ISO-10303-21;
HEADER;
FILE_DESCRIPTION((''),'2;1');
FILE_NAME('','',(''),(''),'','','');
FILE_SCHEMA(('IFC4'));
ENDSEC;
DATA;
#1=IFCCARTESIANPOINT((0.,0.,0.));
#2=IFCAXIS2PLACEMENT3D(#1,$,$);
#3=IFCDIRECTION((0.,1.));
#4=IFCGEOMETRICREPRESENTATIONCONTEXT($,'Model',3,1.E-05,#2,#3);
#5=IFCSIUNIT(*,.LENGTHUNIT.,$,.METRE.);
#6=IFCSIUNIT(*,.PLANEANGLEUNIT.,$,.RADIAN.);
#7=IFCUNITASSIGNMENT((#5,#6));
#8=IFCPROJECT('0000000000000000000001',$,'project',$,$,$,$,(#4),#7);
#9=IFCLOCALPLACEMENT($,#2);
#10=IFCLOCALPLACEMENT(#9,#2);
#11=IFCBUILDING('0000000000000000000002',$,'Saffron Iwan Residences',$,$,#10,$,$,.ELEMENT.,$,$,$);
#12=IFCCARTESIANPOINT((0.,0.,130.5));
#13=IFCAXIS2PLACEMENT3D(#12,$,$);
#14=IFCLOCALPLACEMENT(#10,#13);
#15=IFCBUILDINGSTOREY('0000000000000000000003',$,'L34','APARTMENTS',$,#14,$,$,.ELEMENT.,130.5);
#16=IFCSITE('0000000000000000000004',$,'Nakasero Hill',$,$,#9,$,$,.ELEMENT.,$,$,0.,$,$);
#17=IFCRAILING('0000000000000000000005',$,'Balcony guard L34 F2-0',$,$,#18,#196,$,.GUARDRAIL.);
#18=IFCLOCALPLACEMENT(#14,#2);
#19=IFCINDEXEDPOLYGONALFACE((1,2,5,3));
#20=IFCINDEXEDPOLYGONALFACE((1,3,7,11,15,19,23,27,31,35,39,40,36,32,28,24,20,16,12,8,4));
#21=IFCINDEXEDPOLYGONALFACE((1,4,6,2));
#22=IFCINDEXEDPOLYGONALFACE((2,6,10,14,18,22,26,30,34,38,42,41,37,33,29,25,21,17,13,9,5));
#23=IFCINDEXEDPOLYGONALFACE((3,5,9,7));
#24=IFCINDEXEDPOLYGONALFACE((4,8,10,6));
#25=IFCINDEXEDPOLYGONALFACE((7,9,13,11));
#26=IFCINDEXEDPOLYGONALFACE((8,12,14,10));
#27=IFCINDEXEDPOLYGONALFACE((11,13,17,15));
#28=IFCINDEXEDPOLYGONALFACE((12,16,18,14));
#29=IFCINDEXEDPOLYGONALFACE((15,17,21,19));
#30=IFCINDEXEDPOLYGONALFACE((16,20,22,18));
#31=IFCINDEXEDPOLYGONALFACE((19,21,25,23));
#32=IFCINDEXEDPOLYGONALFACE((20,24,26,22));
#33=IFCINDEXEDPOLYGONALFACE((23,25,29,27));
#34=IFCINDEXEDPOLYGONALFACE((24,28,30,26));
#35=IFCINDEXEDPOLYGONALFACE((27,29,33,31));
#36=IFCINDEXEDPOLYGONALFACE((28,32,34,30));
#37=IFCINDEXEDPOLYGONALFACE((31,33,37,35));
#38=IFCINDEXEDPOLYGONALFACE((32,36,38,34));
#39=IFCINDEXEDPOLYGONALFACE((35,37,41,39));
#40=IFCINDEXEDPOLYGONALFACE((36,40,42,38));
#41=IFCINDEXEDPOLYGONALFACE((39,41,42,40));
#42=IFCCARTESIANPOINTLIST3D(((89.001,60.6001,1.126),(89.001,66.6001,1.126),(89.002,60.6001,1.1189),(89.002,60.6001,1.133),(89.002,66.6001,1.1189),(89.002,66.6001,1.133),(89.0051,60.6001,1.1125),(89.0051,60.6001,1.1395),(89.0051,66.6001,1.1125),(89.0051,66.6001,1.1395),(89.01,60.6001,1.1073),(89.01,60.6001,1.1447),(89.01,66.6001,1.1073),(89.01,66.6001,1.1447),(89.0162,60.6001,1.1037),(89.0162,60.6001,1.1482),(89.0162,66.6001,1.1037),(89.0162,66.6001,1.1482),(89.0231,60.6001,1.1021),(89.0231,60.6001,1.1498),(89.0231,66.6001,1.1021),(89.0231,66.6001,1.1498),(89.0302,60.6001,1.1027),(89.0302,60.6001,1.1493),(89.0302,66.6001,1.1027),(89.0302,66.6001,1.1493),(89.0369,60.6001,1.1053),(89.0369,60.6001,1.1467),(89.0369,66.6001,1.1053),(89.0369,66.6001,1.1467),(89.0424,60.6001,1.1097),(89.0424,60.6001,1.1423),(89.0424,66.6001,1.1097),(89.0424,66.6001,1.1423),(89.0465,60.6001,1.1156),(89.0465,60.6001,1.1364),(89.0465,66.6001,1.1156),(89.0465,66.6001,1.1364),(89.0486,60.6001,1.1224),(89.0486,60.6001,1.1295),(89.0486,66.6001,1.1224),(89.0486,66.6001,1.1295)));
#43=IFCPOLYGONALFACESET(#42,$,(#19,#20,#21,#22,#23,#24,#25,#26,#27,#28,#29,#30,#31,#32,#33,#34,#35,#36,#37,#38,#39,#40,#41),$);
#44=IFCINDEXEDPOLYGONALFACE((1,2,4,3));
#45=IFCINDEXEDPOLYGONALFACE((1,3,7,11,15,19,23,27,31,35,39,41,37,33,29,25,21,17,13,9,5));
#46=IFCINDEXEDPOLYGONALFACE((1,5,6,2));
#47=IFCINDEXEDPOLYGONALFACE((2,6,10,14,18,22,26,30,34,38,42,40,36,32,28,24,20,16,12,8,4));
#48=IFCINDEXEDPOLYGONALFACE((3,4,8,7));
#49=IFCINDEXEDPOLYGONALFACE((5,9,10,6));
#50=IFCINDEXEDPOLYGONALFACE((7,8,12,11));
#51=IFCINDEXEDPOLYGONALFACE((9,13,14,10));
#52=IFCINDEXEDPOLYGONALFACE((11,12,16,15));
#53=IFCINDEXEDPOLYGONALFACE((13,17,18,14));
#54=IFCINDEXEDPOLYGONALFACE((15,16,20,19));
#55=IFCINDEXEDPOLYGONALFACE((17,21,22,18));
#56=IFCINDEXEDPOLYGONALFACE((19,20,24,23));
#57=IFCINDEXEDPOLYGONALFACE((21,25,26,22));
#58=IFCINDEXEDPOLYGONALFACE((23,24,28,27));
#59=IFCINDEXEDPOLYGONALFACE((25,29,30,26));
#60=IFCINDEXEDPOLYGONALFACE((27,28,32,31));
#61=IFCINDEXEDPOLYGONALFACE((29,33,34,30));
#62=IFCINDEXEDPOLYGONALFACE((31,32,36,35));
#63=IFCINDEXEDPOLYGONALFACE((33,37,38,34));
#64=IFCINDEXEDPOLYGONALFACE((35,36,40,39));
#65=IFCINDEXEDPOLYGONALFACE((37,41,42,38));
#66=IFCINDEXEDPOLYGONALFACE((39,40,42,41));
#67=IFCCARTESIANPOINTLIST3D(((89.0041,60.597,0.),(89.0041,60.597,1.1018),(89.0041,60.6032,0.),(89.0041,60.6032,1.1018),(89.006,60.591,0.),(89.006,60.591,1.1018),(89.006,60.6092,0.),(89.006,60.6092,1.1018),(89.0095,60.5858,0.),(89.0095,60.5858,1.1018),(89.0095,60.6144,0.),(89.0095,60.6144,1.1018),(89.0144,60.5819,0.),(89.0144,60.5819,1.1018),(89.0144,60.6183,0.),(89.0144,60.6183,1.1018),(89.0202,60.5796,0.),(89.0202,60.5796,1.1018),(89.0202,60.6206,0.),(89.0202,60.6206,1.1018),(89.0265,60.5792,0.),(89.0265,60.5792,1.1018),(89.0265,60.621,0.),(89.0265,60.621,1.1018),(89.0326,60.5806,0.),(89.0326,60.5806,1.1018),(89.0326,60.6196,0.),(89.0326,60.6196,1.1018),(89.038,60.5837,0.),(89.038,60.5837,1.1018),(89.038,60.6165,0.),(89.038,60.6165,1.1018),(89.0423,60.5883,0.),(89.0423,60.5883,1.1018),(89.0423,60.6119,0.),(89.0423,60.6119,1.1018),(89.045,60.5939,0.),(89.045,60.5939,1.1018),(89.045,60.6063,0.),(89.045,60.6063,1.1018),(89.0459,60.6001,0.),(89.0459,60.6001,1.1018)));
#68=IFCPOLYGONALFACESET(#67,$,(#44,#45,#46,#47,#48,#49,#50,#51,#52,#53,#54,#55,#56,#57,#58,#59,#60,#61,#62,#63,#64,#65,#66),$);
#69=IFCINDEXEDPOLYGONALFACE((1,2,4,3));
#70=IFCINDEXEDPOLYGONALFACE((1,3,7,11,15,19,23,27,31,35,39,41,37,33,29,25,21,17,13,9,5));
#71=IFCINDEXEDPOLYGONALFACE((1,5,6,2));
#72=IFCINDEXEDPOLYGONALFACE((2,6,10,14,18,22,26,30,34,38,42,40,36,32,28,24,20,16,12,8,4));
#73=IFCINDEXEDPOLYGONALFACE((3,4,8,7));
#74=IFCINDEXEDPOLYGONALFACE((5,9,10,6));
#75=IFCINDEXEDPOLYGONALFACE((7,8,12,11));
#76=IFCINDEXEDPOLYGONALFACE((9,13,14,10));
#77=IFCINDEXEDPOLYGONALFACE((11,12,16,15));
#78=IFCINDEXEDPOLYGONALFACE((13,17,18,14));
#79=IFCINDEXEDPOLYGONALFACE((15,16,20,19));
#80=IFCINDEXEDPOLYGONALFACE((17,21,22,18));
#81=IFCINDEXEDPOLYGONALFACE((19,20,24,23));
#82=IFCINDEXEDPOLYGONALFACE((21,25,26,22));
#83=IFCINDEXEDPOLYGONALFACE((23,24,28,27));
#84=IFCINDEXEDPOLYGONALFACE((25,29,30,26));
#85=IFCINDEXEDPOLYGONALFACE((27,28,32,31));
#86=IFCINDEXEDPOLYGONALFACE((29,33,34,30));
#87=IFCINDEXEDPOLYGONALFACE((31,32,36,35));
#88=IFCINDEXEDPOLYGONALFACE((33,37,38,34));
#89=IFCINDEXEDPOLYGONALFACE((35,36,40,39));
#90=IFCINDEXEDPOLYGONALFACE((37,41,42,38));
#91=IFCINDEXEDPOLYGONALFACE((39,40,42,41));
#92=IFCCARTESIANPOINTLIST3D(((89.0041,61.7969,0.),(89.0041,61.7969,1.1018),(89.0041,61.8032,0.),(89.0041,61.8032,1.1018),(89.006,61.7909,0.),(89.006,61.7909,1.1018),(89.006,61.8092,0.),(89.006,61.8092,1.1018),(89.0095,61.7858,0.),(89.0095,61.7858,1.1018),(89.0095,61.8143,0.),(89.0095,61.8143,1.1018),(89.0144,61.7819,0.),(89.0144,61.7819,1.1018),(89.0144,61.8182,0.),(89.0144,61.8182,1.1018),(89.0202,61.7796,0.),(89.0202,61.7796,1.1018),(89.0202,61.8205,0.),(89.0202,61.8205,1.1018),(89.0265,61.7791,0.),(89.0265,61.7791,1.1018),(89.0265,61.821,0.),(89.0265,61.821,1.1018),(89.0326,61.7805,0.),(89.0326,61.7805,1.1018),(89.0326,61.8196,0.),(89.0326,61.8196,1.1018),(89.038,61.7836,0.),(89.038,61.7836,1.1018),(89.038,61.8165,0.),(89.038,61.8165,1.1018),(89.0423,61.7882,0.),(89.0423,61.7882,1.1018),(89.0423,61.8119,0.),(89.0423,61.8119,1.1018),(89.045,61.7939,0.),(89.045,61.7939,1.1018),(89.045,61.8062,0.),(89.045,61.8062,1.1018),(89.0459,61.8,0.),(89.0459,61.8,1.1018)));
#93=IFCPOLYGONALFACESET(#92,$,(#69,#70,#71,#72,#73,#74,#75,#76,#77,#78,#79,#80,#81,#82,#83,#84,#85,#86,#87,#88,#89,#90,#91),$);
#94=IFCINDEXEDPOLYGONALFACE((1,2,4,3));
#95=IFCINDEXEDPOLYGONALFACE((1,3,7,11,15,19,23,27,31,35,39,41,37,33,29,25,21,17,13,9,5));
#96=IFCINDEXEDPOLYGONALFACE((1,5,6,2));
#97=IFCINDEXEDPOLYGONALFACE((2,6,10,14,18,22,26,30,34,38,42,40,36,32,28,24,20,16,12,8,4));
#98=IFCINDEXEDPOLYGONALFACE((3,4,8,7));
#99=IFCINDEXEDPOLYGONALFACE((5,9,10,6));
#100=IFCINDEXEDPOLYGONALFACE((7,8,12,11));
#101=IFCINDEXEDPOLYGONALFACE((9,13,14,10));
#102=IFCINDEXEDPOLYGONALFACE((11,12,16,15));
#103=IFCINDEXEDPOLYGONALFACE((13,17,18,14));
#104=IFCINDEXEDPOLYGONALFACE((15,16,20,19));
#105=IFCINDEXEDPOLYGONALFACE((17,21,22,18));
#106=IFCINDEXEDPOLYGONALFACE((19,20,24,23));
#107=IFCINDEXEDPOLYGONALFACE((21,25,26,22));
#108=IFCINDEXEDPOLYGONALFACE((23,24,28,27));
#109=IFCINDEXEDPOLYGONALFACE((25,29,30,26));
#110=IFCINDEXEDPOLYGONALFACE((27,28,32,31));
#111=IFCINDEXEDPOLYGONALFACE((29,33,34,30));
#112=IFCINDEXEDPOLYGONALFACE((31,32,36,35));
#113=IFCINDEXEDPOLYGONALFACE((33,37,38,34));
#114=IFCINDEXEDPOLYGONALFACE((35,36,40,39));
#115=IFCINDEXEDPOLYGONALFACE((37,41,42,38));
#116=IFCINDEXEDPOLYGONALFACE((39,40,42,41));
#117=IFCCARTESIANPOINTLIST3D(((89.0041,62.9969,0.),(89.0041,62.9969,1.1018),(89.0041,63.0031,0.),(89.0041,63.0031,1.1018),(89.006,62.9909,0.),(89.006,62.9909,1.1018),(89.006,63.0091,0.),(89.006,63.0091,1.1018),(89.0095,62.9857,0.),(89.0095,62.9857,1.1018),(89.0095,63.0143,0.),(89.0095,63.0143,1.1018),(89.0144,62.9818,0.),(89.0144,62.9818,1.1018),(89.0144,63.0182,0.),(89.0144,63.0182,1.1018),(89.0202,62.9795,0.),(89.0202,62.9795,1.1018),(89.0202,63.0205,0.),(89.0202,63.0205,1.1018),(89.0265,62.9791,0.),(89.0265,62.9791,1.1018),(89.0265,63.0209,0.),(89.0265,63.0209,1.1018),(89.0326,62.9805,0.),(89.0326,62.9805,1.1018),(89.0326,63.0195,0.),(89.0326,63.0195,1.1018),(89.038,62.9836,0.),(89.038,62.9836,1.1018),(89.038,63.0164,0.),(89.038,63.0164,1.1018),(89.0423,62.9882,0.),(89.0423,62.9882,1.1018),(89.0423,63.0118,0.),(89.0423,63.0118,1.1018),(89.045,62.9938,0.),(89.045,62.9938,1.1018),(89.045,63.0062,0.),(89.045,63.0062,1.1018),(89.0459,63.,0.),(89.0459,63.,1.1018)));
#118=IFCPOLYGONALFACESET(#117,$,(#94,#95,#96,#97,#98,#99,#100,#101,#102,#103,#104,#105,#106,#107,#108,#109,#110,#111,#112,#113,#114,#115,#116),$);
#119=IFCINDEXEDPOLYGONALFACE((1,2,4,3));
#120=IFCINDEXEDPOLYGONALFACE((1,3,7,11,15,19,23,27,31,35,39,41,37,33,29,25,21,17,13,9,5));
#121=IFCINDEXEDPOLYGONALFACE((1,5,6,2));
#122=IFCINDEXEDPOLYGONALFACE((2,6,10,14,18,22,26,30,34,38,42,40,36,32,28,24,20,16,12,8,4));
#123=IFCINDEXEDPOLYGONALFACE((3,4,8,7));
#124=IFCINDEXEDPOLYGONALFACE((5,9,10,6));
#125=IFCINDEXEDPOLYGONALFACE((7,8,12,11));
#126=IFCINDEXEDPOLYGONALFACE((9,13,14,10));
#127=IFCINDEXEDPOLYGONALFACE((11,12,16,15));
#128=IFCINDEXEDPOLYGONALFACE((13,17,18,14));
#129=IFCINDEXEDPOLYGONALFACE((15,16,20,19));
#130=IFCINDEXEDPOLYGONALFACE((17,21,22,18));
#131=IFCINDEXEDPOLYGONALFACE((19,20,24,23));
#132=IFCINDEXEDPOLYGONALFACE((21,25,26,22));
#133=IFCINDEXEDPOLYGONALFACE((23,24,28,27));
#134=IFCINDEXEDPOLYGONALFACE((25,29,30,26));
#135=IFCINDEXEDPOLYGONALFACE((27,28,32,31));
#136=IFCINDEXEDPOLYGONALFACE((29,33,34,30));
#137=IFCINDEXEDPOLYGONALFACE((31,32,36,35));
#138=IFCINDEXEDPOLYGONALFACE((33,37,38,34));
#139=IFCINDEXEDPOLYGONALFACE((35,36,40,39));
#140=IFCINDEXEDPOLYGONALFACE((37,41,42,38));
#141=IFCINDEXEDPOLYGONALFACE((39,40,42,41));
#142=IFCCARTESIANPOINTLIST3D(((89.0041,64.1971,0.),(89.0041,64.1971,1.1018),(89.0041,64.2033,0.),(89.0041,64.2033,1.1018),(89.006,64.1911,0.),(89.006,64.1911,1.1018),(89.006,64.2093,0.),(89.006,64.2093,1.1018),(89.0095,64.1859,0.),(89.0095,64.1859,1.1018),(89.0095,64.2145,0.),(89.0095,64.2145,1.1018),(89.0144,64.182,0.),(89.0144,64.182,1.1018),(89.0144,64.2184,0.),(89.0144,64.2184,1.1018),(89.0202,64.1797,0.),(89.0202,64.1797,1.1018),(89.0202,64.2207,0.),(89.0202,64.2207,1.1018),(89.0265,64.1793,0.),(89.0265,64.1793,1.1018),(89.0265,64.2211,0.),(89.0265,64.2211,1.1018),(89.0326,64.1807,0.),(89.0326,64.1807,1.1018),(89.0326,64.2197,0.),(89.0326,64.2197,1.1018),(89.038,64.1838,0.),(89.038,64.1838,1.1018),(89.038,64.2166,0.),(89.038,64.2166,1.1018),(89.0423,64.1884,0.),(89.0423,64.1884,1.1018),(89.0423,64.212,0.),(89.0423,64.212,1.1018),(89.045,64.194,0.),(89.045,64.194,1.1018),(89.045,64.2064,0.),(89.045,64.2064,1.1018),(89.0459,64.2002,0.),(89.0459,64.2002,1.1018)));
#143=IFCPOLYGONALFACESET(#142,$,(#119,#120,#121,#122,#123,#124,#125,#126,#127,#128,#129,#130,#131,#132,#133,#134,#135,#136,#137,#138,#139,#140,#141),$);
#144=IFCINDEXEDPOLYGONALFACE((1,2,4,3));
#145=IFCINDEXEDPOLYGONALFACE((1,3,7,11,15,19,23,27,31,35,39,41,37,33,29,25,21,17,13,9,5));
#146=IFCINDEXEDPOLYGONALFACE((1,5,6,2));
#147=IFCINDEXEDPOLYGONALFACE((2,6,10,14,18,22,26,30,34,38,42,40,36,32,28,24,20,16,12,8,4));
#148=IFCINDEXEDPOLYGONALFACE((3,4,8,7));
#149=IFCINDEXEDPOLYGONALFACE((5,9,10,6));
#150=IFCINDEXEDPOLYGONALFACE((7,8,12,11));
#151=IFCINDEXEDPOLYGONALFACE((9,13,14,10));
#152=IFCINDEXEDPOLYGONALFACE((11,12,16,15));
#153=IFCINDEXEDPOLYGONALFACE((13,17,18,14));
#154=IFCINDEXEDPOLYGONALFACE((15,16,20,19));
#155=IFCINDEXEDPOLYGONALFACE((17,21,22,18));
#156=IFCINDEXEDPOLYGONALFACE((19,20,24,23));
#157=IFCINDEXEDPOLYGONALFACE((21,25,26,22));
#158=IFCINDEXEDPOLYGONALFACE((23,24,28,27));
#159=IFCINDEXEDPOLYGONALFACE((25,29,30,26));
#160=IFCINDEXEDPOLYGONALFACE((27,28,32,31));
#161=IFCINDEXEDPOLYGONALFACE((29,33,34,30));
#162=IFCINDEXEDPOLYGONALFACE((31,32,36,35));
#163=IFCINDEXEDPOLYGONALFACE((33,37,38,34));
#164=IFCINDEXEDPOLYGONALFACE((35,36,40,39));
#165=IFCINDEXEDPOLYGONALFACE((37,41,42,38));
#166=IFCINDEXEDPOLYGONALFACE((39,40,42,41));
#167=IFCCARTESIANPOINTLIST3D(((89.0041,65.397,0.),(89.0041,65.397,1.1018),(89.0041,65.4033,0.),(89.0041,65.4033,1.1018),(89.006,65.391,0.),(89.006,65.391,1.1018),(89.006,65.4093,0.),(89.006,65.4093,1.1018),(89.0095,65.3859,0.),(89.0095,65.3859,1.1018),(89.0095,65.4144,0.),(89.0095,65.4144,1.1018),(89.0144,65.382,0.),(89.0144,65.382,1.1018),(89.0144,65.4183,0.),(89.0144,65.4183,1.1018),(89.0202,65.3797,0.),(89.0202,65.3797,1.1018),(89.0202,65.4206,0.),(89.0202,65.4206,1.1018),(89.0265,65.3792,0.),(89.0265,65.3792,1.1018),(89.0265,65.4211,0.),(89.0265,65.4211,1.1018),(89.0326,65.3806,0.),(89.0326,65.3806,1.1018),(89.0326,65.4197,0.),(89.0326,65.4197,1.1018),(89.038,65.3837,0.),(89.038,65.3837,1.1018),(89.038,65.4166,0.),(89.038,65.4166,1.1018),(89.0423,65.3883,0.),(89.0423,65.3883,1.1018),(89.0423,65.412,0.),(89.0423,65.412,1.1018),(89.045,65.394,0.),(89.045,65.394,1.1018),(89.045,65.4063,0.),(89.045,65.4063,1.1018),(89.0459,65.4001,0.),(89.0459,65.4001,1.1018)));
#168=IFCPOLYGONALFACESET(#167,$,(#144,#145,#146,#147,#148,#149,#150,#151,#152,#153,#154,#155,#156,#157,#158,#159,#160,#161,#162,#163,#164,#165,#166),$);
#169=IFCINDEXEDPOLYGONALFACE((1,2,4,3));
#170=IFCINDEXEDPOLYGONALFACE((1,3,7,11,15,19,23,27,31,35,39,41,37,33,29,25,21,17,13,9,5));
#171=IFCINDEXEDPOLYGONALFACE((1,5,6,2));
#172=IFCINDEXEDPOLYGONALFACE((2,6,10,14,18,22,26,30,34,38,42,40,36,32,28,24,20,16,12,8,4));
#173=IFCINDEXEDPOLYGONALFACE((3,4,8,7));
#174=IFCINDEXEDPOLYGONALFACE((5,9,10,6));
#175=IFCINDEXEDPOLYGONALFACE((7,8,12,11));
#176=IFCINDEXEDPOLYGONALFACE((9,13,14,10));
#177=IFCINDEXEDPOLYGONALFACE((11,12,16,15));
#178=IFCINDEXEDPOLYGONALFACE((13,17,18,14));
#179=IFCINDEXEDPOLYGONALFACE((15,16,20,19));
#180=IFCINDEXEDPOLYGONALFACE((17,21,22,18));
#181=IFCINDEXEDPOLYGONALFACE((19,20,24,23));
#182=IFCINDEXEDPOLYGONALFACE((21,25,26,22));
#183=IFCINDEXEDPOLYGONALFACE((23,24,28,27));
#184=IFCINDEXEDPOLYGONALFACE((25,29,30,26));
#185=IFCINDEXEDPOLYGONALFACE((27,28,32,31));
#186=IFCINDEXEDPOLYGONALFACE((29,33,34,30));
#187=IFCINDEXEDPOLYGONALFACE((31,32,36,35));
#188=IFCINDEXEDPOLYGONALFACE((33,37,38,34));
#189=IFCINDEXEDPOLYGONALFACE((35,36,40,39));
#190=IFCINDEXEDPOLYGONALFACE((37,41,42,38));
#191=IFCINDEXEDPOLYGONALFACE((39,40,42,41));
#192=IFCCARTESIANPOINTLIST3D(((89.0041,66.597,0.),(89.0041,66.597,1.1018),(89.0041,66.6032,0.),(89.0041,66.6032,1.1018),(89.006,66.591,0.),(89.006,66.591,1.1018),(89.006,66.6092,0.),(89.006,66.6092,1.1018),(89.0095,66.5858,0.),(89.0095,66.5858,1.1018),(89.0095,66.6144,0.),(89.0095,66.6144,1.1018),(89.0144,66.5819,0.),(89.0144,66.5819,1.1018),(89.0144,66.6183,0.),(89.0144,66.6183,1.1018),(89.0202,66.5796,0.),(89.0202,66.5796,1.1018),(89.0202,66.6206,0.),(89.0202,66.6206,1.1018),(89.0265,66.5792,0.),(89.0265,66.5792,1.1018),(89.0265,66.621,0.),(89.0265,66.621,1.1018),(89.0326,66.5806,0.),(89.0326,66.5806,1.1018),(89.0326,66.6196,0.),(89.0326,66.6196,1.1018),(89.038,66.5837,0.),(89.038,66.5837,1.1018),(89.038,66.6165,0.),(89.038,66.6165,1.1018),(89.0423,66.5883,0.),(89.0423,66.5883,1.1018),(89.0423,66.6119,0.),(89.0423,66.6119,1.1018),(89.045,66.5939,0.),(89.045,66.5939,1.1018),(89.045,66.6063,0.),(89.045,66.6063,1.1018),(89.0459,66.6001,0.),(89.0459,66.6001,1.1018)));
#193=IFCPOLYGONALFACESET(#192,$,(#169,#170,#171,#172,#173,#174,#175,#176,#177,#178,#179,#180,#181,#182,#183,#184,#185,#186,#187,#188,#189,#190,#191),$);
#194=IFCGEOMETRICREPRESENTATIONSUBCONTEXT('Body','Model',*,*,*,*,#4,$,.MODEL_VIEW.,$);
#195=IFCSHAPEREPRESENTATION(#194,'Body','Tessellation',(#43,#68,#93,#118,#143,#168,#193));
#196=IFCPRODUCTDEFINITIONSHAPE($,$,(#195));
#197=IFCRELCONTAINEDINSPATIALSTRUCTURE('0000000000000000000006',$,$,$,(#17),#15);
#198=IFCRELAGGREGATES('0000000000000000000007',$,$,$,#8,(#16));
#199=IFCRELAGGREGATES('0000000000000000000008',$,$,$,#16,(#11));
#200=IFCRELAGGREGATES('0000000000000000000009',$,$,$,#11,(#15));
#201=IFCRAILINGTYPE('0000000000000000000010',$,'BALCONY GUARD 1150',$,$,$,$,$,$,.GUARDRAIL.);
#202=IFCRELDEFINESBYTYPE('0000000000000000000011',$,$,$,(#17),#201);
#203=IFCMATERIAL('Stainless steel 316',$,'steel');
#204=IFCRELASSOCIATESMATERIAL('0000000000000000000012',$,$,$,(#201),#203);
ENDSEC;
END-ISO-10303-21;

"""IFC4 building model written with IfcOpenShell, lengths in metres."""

from ifc_helpers import new_model, si_unit, direction, frame, origin, origin_2d, place, context, subcontext, project, spatial, circle, extrude, material, type_object, element, save


model = new_model("IFC4")

# Units and contexts
model_context = context("Model", 3, precision=1e-05, world=origin(), true_north=direction((0.0, 1.0)))
body_context = subcontext(model_context, "Body", "Model", "MODEL_VIEW")
ifc_project = project(units=[si_unit("LENGTHUNIT", "METRE"), si_unit("PLANEANGLEUNIT", "RADIAN")], contexts=[model_context])

# Site, building, storey
site_placement = place(None, origin())
site = spatial("IfcSite", under=ifc_project, at=site_placement, Name="Nakasero Hill", CompositionType="ELEMENT", RefElevation=0.0)
building_placement = place(site_placement, origin())
building = spatial("IfcBuilding", under=site, at=building_placement, Name="Saffron Iwan Residences", CompositionType="ELEMENT")
storey_placement = place(building_placement, frame((0.0, 0.0, 130.5)))
storey = spatial("IfcBuildingStorey", under=building, at=storey_placement, Name="L34", Description="APARTMENTS", CompositionType="ELEMENT", Elevation=130.5)

# Railing
ifc_material_1 = material(Name="Stainless steel 316", Category="steel")
railing_type = type_object("IfcRailingType", Name="BALCONY GUARD 1150", PredefinedType="GUARDRAIL", material=ifc_material_1)
railing_placement = place(storey_placement, frame((89.0249, 60.6001, 0.0)))
element("IfcRailing", 1, at=railing_placement, inside=storey, type_object=railing_type, Name="Balcony guard L34 F2-0", PredefinedType="GUARDRAIL", context=body_context, shape_type="SweptSolid", body=[
    extrude(circle(Radius=0.0239, at=origin_2d()), frame((0.0, 0.0, 1.126), z_axis=(0.0, 1.0, 0.0), x_axis=(-1.0, 0.0, 0.0)), (0.0, 0.0, 1.0), 6.0),
    extrude(circle(Radius=0.021, at=origin_2d()), origin(), (0.0, 0.0, 1.0), 1.1018),
    extrude(circle(Radius=0.021, at=origin_2d()), frame((0.0, 1.2, 0.0)), (0.0, 0.0, 1.0), 1.1018),
    extrude(circle(Radius=0.021, at=origin_2d()), frame((0.0, 2.3999, 0.0)), (0.0, 0.0, 1.0), 1.1018),
    extrude(circle(Radius=0.021, at=origin_2d()), frame((0.0, 3.6001, 0.0)), (0.0, 0.0, 1.0), 1.1018),
    extrude(circle(Radius=0.021, at=origin_2d()), frame((0.0, 4.8, 0.0)), (0.0, 0.0, 1.0), 1.1018),
    extrude(circle(Radius=0.021, at=origin_2d()), frame((0.0, 6.0, 0.0)), (0.0, 0.0, 1.0), 1.1018),
])

save(model, "model.ifc")
